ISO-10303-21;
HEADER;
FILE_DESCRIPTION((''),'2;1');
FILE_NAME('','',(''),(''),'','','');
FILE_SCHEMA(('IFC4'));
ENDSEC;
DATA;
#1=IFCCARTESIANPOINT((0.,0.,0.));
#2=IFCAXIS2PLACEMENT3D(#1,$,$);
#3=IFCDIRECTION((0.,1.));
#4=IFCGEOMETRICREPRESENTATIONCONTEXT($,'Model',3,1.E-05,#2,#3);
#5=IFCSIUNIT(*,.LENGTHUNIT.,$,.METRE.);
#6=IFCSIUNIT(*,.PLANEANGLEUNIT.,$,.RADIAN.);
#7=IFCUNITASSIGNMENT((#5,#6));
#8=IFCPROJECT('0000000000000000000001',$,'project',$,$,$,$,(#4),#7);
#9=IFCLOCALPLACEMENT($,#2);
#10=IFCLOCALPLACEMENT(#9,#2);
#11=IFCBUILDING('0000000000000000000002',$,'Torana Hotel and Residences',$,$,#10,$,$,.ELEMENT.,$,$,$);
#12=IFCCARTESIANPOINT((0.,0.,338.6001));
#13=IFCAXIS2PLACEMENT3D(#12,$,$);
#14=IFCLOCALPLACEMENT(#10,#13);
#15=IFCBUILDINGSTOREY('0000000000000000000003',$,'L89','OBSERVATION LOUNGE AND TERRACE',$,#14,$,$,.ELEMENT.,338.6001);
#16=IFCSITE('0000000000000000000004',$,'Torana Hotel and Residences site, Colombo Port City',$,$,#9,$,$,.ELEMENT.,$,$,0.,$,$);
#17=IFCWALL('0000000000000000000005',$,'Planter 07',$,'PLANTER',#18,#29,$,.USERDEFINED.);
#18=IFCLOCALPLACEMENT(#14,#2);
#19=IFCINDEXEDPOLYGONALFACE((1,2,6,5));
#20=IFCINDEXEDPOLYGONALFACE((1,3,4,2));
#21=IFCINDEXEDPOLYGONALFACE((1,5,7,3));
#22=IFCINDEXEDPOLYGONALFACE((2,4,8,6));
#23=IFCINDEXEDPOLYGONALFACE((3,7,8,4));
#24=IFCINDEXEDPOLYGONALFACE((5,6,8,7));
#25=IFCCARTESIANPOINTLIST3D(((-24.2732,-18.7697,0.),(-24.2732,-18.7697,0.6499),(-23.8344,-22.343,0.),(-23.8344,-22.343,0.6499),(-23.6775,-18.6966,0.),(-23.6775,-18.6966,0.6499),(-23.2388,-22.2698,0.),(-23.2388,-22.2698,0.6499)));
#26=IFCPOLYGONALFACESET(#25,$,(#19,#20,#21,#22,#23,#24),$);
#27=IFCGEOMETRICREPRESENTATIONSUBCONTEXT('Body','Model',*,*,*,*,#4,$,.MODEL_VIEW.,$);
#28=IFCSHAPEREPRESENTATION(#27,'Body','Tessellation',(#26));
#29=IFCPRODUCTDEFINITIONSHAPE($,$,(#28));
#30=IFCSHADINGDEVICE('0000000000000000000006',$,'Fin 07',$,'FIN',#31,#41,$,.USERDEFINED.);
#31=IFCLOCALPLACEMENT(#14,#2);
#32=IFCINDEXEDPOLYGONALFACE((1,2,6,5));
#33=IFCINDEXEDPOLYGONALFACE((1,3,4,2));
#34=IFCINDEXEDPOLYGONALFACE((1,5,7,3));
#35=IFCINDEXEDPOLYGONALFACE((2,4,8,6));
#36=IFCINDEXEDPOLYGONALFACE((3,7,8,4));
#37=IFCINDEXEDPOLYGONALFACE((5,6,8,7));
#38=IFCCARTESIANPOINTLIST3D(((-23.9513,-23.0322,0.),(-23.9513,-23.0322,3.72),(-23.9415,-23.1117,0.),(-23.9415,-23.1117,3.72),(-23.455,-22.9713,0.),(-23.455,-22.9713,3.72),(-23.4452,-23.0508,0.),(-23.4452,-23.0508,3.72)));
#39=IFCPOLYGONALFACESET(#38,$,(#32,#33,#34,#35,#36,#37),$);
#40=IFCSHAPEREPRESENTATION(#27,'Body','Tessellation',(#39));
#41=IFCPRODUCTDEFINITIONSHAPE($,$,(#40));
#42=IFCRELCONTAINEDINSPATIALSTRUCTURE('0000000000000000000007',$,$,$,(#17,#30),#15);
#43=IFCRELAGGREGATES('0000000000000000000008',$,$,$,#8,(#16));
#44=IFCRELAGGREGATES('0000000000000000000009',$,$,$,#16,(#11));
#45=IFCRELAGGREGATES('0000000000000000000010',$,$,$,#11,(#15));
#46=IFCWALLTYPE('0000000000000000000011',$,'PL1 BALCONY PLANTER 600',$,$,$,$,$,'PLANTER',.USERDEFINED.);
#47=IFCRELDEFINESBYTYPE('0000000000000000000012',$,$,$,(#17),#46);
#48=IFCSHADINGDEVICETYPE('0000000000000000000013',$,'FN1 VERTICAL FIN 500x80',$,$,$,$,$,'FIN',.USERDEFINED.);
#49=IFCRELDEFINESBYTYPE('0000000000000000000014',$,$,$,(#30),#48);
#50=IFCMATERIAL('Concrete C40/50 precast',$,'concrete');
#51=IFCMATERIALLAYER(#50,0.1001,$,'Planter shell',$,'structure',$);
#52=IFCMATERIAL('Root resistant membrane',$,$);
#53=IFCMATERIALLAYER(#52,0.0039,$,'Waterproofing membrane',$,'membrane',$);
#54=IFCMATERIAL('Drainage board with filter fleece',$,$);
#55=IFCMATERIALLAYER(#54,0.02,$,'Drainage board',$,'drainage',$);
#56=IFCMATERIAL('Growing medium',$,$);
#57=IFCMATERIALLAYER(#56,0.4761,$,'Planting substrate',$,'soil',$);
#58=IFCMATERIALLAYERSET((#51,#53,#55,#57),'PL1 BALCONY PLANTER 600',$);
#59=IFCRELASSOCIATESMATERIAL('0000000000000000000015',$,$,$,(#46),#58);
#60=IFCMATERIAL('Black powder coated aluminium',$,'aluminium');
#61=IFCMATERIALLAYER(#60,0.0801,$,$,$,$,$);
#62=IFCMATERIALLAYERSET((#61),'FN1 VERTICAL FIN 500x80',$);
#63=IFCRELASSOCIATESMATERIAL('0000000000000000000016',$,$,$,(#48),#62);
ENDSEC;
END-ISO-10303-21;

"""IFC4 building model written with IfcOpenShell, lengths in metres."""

from ifc_helpers import new_model, si_unit, direction, frame, frame_2d, origin, origin_2d, place, context, subcontext, project, spatial, rectangle, extrude, material, layer, layer_set, type_object, element, save


model = new_model("IFC4")

# Units and contexts
model_context = context("Model", 3, precision=1e-05, world=origin(), true_north=direction((0.0, 1.0)))
body_context = subcontext(model_context, "Body", "Model", "MODEL_VIEW")
ifc_project = project(units=[si_unit("LENGTHUNIT", "METRE"), si_unit("PLANEANGLEUNIT", "RADIAN")], contexts=[model_context])

# Site, building, storey
site_placement = place(None, origin())
site = spatial("IfcSite", under=ifc_project, at=site_placement, Name="Torana Hotel and Residences site, Colombo Port City", CompositionType="ELEMENT", RefElevation=0.0)
building_placement = place(site_placement, origin())
building = spatial("IfcBuilding", under=site, at=building_placement, Name="Torana Hotel and Residences", CompositionType="ELEMENT")
storey_placement = place(building_placement, frame((0.0, 0.0, 338.6001)))
storey = spatial("IfcBuildingStorey", under=building, at=storey_placement, Name="L89", Description="OBSERVATION LOUNGE AND TERRACE", CompositionType="ELEMENT", Elevation=338.6001)

# Wall
ifc_material_1 = material(Name="Concrete C40/50 precast", Category="concrete")
ifc_layer_1 = layer(ifc_material_1, 0.1001, Name="Planter shell", Category="structure")
ifc_material_2 = material(Name="Root resistant membrane")
ifc_layer_2 = layer(ifc_material_2, 0.0039, Name="Waterproofing membrane", Category="membrane")
ifc_material_3 = material(Name="Drainage board with filter fleece")
ifc_layer_3 = layer(ifc_material_3, 0.02, Name="Drainage board", Category="drainage")
ifc_material_4 = material(Name="Growing medium")
ifc_layer_4 = layer(ifc_material_4, 0.4761, Name="Planting substrate", Category="soil")
ifc_layer_set_1 = layer_set([ifc_layer_1, ifc_layer_2, ifc_layer_3, ifc_layer_4], Name="PL1 BALCONY PLANTER 600")
wall_type_1 = type_object("IfcWallType", Name="PL1 BALCONY PLANTER 600", ElementType="PLANTER", PredefinedType="USERDEFINED", material=ifc_layer_set_1)
wall_1_placement = place(storey_placement, frame((-23.5366, -22.3064, 0.0), z_axis=(0.0, 0.0, 1.0), x_axis=(-0.121864, 0.992547, 0.0)))
element("IfcWall", 1, at=wall_1_placement, inside=storey, type_object=wall_type_1, Name="Planter 07", ObjectType="PLANTER", PredefinedType="USERDEFINED", context=body_context, shape_type="SweptSolid", body=[
    extrude(rectangle(XDim=3.6001, YDim=0.6001, at=frame_2d((1.8, 0.0))), origin(), (0.0, 0.0, 1.0), 0.6499),
])

# Shading device
ifc_material_5 = material(Name="Black powder coated aluminium", Category="aluminium")
ifc_layer_5 = layer(ifc_material_5, 0.0801)
ifc_layer_set_2 = layer_set([ifc_layer_5], Name="FN1 VERTICAL FIN 500x80")
shading_device_type = type_object("IfcShadingDeviceType", Name="FN1 VERTICAL FIN 500x80", ElementType="FIN", PredefinedType="USERDEFINED", material=ifc_layer_set_2)
shading_device_placement = place(storey_placement, frame((-23.6982, -23.0415, 0.0), z_axis=(0.0, 0.0, 1.0), x_axis=(-0.121881, 0.992545, 0.0)))
element("IfcShadingDevice", 2, at=shading_device_placement, inside=storey, type_object=shading_device_type, Name="Fin 07", ObjectType="FIN", PredefinedType="USERDEFINED", context=body_context, shape_type="SweptSolid", body=[
    extrude(rectangle(XDim=0.0801, YDim=0.5, at=origin_2d()), origin(), (0.0, 0.0, 1.0), 3.72),
])

save(model, "model.ifc")
